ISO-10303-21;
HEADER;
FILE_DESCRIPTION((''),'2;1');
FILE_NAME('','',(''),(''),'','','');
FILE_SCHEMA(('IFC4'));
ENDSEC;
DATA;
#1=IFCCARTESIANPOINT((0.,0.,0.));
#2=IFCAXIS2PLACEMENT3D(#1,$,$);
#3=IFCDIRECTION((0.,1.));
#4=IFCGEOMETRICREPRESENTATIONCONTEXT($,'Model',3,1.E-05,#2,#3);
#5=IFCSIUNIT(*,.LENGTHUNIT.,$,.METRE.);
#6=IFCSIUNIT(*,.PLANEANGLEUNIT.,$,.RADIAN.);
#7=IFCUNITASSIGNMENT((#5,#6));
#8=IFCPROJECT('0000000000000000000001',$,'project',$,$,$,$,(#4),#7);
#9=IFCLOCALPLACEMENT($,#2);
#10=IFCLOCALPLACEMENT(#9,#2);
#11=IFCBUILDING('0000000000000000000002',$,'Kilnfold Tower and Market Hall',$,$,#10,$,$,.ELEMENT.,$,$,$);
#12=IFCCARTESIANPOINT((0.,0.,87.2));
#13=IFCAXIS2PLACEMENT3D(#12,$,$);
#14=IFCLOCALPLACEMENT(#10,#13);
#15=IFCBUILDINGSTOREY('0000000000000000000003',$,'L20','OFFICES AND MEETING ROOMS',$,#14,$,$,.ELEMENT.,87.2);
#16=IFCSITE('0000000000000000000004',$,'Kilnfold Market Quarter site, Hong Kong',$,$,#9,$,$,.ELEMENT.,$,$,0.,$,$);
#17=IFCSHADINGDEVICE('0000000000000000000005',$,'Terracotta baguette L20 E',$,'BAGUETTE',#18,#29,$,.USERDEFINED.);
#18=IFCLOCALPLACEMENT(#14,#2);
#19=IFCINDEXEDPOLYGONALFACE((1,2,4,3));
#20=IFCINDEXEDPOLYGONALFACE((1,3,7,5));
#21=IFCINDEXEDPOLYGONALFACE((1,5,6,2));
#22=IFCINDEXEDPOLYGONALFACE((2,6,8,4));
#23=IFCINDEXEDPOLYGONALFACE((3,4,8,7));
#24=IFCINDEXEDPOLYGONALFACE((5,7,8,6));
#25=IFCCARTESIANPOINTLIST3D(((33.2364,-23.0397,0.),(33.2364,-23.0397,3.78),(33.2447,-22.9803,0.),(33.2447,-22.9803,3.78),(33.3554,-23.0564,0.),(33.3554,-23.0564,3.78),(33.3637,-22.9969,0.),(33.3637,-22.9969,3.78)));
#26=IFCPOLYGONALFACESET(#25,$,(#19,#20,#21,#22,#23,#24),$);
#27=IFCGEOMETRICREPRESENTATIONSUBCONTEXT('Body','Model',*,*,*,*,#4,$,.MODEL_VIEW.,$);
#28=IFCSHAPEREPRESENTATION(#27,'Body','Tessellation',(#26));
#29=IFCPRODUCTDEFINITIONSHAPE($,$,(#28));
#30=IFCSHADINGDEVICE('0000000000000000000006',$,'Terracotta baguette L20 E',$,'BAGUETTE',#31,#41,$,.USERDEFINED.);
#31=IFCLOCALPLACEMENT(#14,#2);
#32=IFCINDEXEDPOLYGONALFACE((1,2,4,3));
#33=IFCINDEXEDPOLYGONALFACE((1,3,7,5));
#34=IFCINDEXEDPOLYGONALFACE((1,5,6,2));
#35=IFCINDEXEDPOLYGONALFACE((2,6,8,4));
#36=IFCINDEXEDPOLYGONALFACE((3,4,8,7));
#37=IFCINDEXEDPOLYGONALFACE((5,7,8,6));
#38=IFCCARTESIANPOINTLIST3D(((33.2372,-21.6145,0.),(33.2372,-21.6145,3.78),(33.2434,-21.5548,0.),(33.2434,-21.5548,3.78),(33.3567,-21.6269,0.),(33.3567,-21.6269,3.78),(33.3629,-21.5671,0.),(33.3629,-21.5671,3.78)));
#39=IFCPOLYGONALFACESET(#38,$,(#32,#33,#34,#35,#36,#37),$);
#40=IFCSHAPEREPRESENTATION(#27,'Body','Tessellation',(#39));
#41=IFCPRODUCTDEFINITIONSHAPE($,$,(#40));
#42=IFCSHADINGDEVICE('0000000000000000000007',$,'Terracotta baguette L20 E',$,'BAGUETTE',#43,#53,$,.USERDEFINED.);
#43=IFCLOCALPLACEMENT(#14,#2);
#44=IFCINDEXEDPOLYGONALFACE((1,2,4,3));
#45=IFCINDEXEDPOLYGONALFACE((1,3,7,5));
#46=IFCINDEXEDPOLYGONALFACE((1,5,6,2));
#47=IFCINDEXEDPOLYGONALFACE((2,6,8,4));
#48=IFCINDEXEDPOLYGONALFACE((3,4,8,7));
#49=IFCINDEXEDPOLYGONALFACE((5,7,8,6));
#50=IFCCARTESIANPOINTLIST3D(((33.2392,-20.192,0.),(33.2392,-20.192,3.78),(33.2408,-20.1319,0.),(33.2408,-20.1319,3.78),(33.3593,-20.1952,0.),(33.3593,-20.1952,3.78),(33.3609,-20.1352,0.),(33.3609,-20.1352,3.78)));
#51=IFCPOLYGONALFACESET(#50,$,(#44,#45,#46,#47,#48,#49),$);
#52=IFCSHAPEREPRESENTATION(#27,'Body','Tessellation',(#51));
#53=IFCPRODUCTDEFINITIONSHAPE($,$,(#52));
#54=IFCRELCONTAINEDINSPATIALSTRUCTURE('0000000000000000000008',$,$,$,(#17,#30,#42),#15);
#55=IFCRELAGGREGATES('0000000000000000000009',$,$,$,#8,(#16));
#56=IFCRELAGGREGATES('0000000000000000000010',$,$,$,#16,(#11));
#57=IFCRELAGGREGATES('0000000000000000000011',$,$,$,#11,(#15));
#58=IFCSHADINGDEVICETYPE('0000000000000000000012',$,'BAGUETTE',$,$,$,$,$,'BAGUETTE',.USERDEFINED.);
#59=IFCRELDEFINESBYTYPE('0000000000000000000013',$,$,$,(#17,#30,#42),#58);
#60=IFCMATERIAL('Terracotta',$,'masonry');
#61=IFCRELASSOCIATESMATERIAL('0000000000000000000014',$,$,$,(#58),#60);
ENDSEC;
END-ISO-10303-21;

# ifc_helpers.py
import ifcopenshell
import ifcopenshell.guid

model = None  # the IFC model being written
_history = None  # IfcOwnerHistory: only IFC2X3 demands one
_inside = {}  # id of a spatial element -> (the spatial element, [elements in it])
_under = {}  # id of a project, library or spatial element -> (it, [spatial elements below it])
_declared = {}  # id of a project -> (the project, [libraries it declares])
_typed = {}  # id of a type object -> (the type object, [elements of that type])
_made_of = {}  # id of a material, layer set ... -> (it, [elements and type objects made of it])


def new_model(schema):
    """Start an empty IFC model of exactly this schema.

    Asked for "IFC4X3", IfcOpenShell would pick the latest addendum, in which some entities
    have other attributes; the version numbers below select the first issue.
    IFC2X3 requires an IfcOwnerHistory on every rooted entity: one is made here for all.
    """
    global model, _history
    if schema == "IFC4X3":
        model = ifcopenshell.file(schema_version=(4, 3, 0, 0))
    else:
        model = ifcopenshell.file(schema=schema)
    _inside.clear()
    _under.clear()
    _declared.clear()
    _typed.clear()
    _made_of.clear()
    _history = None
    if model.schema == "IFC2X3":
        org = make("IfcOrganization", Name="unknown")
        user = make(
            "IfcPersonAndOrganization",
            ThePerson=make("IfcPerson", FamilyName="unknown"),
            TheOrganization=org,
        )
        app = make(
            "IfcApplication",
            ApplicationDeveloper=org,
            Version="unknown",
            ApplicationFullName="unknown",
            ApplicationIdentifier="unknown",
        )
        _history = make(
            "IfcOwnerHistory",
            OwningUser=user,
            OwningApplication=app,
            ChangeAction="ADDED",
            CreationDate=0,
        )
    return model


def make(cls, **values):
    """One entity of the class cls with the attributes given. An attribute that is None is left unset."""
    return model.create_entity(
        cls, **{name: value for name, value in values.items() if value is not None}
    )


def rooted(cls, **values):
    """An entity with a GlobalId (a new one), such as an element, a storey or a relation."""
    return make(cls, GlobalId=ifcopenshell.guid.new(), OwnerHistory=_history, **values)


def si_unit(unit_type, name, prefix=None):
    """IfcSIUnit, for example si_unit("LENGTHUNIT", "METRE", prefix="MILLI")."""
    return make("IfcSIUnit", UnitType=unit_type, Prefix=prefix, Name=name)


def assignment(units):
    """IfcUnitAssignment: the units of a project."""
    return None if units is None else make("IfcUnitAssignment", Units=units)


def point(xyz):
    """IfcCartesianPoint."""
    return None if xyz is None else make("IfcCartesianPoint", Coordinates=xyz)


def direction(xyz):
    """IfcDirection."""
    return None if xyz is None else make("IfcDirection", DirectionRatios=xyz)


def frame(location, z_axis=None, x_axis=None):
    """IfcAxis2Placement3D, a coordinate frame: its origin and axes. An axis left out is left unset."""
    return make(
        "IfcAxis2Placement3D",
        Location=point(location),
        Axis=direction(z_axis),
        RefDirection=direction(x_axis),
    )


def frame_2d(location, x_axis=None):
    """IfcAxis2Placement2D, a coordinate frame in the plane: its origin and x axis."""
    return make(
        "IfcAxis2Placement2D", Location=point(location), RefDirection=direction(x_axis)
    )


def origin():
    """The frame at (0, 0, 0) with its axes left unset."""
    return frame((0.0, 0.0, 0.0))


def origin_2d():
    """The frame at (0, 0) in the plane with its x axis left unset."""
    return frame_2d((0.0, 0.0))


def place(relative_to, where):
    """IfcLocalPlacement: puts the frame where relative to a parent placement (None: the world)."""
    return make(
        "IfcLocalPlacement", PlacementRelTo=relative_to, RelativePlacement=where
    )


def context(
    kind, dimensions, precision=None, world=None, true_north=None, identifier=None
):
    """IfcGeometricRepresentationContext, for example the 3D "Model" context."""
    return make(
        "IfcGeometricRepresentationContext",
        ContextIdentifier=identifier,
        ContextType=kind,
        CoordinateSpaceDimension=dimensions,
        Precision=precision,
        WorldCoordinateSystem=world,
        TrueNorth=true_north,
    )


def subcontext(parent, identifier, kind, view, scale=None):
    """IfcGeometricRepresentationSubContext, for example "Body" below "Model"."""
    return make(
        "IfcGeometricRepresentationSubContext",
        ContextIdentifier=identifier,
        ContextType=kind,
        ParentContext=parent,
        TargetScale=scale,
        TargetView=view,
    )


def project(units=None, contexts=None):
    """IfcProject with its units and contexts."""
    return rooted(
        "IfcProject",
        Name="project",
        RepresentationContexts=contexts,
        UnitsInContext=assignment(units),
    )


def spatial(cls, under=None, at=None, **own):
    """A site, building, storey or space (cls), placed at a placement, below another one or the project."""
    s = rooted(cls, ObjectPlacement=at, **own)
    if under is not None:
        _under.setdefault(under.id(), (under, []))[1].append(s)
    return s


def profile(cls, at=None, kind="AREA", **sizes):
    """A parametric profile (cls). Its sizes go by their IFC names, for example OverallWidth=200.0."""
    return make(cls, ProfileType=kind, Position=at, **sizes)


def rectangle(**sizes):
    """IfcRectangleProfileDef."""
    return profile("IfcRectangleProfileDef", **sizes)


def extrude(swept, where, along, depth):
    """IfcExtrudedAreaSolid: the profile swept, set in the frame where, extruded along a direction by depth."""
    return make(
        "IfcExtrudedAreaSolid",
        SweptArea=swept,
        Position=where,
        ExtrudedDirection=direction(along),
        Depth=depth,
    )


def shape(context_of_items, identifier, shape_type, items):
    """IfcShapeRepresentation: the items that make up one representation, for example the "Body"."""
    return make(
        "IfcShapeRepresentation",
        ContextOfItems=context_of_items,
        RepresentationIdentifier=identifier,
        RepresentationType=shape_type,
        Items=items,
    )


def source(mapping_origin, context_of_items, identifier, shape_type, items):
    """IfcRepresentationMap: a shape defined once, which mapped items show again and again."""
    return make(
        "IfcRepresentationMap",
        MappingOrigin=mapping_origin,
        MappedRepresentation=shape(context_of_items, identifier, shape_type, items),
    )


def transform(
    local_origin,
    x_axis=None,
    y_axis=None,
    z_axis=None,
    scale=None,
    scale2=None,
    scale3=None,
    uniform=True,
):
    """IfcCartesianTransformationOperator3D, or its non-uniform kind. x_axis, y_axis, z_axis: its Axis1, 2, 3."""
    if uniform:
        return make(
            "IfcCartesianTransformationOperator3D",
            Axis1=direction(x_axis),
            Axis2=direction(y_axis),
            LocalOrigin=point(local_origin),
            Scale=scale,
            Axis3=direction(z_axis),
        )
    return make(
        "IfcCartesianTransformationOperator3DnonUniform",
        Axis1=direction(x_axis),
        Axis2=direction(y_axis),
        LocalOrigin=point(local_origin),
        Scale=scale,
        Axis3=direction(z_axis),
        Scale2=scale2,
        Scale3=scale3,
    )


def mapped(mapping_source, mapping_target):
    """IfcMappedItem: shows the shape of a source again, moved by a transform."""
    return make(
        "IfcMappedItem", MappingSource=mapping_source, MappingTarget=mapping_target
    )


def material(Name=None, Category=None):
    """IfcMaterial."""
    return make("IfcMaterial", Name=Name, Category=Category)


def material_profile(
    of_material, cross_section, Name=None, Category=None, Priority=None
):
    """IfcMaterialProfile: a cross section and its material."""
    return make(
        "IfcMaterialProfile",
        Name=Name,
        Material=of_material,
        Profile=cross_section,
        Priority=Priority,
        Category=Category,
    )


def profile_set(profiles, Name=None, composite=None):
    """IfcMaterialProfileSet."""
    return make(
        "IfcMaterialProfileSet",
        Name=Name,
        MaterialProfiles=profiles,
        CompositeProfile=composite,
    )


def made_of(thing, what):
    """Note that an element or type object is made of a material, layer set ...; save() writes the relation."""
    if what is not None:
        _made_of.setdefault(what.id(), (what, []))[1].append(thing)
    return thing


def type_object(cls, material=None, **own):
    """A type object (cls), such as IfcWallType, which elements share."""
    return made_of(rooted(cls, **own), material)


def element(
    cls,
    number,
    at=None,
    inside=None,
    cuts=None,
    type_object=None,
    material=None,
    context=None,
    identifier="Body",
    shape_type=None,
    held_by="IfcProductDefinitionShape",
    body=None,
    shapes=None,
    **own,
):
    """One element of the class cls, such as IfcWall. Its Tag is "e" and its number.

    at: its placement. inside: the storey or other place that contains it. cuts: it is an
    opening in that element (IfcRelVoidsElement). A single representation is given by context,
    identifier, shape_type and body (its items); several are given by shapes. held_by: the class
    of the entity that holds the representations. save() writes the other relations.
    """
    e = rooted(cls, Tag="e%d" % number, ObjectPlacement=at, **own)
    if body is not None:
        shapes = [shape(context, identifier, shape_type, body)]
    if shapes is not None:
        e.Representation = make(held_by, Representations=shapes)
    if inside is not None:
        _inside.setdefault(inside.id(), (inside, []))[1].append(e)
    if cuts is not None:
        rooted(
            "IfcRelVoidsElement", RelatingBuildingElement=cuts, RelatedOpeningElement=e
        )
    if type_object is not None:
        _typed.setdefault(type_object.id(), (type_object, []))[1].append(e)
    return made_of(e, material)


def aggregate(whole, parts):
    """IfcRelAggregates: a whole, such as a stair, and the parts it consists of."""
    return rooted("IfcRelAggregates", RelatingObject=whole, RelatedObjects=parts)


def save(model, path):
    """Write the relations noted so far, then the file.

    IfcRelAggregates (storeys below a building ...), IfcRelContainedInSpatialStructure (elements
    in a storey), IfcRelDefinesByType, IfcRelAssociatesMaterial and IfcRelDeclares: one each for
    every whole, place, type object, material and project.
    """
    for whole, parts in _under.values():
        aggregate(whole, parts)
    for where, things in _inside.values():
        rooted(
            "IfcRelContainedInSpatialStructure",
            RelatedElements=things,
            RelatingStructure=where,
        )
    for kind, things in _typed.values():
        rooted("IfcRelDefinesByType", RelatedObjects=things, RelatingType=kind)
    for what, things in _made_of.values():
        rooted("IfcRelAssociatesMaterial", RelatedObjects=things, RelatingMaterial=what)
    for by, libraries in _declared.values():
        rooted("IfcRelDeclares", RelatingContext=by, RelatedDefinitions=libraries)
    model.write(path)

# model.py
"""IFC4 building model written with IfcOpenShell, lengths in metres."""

from ifc_helpers import new_model, si_unit, direction, frame, origin, origin_2d, place, context, subcontext, project, spatial, rectangle, extrude, source, transform, mapped, material, material_profile, profile_set, type_object, element, save


model = new_model("IFC4")

# Units and contexts
model_context = context("Model", 3, precision=1e-05, world=origin(), true_north=direction((0.0, 1.0)))
body_context = subcontext(model_context, "Body", "Model", "MODEL_VIEW")
ifc_project = project(units=[si_unit("LENGTHUNIT", "METRE"), si_unit("PLANEANGLEUNIT", "RADIAN")], contexts=[model_context])

# Site, building, storey
site_placement = place(None, origin())
site = spatial("IfcSite", under=ifc_project, at=site_placement, Name="Kilnfold Market Quarter site, Hong Kong", CompositionType="ELEMENT", RefElevation=0.0)
building_placement = place(site_placement, origin())
building = spatial("IfcBuilding", under=site, at=building_placement, Name="Kilnfold Tower and Market Hall", CompositionType="ELEMENT")
storey_placement = place(building_placement, frame((0.0, 0.0, 87.2)))
storey = spatial("IfcBuildingStorey", under=building, at=storey_placement, Name="L20", Description="OFFICES AND MEETING ROOMS", CompositionType="ELEMENT", Elevation=87.2)

# Shading devices
ifc_material_1 = material(Name="Terracotta", Category="masonry")
ifc_material_profile_1 = material_profile(ifc_material_1, rectangle(XDim=0.0601, YDim=0.1201, at=origin_2d()), Name="BAG 60x120")
ifc_profile_set_1 = profile_set([ifc_material_profile_1], Name="Terracotta")
shading_device_type = type_object("IfcShadingDeviceType", Name="BAGUETTE", ElementType="BAGUETTE", PredefinedType="USERDEFINED", material=ifc_profile_set_1)
shared_shape_1 = source(origin(), body_context, "Body", "SweptSolid", [
    extrude(rectangle(XDim=0.0601, YDim=0.1201, at=origin_2d()), origin(), (0.0, 0.0, 1.0), 3.78),
])
for number, where, z_axis, x_axis, name in (
    (1, (33.3, -23.0183, 0.0), (0.0, 0.0, 1.0), (0.138527, 0.990359, 0.0), "Terracotta baguette L20 E"),
    (2, (33.3, -21.5908, 0.0), (0.0, 0.0, 1.0), (0.103178, 0.994663, 0.0), "Terracotta baguette L20 E"),
    (3, (33.3, -20.1636, 0.0), (0.0, 0.0, 1.0), (0.026768, 0.999642, 0.0), "Terracotta baguette L20 E"),
):
    element("IfcShadingDevice", number, at=place(storey_placement, frame(where, z_axis=z_axis, x_axis=x_axis)), inside=storey, type_object=shading_device_type, Name=name, ObjectType="BAGUETTE", PredefinedType="USERDEFINED", context=body_context, shape_type="MappedRepresentation", body=[
        mapped(shared_shape_1, transform((0.0, 0.0, 0.0))),
    ])

save(model, "model.ifc")
